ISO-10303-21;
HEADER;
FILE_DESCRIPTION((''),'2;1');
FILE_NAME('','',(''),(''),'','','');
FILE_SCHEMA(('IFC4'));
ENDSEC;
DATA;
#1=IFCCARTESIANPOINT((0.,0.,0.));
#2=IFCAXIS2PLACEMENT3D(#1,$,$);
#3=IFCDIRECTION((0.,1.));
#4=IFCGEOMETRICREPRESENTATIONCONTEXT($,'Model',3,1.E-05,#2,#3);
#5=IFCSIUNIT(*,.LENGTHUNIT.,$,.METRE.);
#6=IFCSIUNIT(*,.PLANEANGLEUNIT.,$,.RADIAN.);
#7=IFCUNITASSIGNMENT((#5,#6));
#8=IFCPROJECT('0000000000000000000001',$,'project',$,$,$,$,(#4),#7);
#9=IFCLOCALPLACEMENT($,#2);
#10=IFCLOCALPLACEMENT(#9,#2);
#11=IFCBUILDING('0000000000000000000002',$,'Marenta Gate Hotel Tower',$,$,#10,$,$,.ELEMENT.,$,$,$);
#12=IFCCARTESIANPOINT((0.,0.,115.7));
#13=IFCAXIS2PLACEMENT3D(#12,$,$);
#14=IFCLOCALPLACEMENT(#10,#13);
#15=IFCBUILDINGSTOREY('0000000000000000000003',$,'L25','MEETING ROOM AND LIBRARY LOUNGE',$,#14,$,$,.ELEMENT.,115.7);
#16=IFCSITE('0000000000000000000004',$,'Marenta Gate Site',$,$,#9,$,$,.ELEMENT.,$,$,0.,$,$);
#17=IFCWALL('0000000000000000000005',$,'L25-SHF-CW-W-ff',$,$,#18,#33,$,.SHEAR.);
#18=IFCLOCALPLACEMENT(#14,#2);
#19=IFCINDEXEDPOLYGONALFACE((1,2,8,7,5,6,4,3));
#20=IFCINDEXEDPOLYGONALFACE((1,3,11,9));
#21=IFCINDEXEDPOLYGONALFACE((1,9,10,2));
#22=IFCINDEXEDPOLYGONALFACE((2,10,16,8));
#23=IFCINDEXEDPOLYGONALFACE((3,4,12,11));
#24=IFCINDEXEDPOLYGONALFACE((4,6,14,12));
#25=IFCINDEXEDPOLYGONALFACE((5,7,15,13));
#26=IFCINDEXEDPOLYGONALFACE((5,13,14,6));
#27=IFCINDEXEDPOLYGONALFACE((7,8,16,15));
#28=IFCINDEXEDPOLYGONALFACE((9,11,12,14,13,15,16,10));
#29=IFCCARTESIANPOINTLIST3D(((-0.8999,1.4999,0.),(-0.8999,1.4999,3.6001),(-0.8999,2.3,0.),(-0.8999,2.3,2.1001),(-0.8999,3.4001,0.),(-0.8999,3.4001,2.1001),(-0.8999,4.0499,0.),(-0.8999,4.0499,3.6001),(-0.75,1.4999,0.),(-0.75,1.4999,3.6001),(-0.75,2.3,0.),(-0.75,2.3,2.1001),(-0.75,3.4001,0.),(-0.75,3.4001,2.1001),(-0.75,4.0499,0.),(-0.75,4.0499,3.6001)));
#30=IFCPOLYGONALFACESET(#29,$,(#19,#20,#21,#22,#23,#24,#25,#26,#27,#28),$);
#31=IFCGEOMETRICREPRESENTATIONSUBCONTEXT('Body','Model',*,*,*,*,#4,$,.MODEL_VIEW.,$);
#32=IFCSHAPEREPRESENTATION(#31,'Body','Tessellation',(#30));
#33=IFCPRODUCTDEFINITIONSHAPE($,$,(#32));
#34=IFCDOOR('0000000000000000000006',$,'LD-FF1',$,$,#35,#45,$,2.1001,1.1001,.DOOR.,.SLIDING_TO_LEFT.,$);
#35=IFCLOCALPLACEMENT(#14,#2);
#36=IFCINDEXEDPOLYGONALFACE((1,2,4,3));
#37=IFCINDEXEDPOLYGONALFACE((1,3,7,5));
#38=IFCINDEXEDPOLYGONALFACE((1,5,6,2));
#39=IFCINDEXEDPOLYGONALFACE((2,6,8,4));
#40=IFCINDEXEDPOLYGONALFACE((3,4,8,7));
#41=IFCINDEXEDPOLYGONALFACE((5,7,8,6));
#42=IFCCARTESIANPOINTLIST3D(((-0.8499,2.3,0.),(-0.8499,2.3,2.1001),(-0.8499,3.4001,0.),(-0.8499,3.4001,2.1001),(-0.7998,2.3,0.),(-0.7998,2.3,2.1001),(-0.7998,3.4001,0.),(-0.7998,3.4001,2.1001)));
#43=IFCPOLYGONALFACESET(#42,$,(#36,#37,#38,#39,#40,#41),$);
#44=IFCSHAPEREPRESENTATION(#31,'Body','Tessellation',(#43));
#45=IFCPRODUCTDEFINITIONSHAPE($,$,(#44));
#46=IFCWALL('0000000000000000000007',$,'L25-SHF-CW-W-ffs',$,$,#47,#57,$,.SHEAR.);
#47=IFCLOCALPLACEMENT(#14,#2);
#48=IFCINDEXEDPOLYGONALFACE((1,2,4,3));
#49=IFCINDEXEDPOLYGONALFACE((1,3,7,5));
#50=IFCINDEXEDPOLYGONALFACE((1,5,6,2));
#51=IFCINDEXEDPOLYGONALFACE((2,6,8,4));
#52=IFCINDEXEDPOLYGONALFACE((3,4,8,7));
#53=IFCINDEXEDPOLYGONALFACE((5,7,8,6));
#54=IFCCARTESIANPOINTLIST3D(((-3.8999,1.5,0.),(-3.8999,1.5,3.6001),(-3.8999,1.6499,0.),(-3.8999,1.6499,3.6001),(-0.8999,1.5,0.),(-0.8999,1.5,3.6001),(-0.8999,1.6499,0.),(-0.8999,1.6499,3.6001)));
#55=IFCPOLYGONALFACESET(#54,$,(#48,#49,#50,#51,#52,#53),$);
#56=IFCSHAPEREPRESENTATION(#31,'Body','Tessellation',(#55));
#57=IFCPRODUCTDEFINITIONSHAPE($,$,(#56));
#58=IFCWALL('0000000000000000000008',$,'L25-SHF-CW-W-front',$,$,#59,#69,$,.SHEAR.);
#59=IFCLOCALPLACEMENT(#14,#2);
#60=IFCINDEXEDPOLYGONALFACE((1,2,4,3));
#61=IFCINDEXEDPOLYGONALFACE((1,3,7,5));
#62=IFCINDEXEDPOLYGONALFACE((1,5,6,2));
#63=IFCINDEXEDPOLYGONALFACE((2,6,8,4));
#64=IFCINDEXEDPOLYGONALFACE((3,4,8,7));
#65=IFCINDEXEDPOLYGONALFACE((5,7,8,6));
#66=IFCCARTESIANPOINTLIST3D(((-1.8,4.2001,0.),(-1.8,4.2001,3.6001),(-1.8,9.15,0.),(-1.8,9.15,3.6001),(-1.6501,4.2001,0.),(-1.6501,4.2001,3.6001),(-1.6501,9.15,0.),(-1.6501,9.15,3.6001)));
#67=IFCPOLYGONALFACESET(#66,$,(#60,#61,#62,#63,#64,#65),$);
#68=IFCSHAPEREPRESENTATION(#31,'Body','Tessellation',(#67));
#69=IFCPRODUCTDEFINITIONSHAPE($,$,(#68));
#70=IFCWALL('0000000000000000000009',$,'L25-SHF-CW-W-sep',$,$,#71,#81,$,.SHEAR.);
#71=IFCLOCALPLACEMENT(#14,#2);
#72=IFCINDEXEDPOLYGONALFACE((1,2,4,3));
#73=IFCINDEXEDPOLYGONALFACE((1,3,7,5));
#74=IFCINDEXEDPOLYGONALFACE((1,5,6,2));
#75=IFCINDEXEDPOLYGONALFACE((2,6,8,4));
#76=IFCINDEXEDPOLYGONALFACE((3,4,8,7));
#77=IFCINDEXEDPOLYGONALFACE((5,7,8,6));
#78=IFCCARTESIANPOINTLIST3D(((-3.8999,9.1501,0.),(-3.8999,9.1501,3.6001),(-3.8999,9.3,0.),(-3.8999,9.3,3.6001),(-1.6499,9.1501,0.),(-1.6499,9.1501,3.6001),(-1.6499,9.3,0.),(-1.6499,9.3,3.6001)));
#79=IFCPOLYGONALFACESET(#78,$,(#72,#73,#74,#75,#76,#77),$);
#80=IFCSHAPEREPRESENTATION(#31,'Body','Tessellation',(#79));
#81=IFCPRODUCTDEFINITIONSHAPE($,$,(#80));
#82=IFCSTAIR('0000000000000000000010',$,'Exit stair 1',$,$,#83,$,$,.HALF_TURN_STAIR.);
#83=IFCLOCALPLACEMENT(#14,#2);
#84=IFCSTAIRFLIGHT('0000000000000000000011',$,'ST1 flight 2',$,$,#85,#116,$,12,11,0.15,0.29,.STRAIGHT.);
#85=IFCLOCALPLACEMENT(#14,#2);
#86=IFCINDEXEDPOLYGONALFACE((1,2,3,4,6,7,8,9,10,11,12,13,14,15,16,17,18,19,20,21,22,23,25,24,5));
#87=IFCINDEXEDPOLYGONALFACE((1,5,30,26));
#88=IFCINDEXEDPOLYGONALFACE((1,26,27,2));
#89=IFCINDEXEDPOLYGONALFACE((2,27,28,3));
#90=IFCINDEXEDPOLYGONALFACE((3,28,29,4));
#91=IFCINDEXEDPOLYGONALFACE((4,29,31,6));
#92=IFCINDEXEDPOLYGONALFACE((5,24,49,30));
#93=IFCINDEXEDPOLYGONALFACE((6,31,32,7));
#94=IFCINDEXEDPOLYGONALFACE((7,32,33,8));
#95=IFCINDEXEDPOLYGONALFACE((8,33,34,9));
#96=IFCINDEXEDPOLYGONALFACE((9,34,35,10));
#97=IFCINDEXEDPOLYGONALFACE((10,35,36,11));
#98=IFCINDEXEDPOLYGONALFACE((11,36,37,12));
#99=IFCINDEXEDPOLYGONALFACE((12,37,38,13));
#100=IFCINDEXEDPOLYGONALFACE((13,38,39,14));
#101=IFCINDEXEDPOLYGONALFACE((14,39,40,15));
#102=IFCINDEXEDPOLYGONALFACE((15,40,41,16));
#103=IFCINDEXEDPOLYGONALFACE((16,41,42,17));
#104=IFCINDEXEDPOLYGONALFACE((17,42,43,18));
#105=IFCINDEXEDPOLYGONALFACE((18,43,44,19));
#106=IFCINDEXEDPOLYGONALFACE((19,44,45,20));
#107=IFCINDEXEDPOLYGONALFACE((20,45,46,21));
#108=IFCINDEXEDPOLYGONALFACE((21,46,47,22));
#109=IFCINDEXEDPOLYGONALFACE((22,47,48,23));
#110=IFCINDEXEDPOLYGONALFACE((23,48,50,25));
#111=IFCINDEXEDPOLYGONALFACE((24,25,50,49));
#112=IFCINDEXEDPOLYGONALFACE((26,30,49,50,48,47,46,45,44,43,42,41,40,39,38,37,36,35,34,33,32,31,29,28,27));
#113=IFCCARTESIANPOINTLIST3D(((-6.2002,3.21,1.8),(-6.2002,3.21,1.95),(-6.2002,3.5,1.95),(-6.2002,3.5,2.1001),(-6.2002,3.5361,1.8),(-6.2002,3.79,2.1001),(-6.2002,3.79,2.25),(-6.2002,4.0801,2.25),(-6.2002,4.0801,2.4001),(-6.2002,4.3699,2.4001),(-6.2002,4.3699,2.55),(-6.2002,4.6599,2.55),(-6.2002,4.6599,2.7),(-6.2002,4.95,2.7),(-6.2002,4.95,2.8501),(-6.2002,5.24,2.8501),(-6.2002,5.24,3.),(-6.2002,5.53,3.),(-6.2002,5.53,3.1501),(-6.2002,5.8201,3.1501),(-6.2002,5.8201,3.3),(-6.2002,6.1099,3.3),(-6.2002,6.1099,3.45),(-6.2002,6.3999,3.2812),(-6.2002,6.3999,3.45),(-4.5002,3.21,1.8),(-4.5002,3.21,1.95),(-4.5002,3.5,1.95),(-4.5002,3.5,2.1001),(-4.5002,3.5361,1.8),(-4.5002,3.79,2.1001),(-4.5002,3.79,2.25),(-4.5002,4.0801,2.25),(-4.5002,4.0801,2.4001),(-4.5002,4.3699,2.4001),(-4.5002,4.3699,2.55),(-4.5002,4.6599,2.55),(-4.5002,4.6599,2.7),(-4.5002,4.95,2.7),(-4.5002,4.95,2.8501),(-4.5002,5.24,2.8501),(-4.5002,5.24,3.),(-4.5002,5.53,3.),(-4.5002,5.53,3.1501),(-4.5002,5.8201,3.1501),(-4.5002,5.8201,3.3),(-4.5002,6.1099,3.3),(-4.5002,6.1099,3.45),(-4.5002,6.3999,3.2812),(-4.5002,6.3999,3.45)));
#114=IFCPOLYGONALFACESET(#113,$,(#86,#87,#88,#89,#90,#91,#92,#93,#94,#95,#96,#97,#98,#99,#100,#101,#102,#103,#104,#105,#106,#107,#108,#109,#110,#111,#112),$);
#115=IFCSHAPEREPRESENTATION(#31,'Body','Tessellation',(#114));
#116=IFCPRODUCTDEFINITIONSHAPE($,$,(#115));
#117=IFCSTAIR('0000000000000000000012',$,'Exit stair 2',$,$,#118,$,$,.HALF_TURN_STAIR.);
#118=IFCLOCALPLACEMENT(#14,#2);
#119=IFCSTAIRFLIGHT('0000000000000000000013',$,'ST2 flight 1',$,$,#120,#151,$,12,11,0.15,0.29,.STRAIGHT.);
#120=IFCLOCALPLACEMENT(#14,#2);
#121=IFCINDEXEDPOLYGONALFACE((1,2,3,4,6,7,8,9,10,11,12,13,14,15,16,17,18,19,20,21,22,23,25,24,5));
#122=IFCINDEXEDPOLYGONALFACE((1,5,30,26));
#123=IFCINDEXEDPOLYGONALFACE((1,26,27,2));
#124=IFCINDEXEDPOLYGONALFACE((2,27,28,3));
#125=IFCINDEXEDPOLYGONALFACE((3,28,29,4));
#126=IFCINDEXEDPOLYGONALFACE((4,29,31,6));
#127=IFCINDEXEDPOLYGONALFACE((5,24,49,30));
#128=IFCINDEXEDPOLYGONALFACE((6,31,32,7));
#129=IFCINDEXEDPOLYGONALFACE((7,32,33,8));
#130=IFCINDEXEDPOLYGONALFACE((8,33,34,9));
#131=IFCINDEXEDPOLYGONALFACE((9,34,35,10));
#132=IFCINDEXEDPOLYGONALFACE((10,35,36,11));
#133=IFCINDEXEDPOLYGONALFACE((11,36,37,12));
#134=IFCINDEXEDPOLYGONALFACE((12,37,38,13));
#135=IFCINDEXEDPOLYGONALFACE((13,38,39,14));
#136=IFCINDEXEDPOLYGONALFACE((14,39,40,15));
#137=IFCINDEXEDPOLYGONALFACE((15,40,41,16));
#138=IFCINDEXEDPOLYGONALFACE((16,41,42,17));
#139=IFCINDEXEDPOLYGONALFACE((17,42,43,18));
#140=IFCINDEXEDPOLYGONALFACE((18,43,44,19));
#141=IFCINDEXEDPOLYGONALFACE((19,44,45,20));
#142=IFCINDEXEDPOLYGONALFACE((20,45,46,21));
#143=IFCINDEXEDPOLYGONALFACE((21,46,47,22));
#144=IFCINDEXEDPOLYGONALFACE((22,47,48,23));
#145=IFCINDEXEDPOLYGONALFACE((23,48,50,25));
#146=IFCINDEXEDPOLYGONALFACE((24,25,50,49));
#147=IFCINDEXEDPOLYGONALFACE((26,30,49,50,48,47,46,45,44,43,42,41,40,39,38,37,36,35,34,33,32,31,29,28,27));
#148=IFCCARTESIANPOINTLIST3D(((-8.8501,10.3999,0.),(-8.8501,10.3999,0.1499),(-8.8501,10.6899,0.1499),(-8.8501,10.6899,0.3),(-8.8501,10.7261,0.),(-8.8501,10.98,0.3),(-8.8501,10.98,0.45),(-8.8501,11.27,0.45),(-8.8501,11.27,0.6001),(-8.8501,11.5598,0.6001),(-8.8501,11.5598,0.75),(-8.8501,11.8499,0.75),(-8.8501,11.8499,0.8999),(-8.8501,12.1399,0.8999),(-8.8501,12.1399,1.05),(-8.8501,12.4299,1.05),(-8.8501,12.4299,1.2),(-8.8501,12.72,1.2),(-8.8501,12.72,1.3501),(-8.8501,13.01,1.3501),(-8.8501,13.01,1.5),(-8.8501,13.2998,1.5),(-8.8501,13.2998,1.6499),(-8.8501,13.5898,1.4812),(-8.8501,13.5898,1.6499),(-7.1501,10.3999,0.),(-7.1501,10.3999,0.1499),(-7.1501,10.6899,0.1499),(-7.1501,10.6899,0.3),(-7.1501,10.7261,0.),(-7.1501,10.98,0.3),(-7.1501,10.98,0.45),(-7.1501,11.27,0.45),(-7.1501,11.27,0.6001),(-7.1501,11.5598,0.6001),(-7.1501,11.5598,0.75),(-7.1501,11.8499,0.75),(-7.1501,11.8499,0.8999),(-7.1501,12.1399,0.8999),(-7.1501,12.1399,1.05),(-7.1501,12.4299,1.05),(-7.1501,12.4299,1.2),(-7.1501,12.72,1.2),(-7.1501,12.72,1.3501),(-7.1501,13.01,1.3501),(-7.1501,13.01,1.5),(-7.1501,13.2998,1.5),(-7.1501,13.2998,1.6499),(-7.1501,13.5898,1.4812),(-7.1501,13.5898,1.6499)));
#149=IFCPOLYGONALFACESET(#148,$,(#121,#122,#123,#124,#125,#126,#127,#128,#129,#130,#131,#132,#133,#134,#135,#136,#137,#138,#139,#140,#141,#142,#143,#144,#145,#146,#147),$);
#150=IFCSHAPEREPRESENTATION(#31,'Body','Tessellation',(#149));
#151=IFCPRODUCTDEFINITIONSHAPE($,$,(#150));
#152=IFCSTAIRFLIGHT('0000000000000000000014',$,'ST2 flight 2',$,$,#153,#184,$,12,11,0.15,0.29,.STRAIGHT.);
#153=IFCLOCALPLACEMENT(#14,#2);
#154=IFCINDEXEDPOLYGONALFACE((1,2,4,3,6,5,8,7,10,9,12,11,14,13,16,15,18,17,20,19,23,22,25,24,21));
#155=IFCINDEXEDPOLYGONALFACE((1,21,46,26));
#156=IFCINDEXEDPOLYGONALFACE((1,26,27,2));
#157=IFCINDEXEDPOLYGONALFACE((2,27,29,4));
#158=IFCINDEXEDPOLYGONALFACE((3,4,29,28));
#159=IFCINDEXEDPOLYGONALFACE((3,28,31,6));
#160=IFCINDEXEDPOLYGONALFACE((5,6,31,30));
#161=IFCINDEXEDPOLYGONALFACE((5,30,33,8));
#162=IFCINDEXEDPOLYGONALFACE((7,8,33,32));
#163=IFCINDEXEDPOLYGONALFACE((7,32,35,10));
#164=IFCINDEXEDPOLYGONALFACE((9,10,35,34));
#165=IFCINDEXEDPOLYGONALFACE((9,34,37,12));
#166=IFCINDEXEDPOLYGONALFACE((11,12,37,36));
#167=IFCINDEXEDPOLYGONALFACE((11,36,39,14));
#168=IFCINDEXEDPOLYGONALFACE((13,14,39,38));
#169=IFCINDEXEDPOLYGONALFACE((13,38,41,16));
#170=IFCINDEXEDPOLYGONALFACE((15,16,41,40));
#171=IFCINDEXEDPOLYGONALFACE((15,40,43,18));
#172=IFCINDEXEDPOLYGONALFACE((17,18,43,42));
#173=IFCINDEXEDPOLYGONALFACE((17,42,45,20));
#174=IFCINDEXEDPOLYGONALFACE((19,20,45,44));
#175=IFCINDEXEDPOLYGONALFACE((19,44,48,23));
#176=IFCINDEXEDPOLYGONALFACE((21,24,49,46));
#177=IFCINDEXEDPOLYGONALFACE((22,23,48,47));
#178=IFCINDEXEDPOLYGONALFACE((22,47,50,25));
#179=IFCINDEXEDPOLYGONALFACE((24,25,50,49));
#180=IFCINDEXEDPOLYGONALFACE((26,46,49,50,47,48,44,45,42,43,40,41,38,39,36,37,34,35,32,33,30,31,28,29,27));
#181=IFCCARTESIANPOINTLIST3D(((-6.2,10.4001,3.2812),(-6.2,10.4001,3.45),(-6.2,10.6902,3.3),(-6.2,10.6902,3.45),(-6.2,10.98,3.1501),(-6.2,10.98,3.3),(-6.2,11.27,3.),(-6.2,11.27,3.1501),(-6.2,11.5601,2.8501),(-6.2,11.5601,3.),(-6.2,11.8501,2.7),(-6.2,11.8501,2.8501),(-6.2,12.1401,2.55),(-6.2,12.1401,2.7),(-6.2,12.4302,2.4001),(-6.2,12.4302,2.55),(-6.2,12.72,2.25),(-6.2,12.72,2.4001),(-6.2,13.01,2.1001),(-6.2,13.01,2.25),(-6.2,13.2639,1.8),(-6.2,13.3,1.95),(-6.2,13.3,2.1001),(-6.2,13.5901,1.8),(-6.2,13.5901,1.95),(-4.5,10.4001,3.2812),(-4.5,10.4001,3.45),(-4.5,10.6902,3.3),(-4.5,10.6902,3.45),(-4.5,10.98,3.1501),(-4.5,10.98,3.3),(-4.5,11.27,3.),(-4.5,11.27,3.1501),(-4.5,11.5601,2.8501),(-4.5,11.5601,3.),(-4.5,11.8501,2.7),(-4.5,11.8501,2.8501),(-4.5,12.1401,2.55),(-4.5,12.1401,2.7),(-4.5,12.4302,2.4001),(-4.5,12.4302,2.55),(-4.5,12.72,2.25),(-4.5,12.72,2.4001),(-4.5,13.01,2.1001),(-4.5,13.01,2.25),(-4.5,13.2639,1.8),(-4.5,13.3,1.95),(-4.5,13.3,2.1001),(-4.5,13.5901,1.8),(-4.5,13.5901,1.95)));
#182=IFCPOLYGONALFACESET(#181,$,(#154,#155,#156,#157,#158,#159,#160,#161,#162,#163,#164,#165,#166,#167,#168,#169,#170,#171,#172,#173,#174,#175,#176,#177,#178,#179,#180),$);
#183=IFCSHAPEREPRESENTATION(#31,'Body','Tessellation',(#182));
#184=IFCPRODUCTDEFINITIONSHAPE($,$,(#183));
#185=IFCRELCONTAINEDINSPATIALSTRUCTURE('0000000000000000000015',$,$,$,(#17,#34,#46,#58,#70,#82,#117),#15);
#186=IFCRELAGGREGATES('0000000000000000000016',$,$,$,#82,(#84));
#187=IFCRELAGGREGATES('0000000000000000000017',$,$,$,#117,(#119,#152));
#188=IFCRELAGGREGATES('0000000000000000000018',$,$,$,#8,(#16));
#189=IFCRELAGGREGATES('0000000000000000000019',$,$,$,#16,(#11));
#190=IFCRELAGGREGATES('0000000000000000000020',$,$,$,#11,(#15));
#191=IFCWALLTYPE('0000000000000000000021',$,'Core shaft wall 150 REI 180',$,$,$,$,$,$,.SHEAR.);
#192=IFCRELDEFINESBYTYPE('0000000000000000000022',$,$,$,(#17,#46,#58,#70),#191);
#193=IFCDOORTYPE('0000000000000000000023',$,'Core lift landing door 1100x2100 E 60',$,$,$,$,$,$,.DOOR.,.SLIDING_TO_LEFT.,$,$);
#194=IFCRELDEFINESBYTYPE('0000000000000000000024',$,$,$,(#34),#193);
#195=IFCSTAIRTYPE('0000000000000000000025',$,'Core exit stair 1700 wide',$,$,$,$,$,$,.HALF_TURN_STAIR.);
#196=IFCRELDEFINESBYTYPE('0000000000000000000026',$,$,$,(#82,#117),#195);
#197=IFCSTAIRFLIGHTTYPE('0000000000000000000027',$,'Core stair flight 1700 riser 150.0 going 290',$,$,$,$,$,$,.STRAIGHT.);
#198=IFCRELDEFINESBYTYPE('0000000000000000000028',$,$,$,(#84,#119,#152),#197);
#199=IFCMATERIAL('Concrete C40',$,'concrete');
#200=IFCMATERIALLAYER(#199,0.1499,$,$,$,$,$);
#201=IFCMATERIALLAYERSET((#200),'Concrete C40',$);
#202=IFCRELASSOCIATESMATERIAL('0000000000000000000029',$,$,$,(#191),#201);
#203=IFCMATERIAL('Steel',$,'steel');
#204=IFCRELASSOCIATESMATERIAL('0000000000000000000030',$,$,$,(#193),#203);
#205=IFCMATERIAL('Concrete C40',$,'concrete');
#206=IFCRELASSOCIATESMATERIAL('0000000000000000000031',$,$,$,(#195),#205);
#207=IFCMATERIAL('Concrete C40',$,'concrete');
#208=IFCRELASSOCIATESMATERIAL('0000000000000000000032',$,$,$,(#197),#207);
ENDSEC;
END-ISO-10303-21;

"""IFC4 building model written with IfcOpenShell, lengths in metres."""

from ifc_helpers import new_model, si_unit, direction, frame, frame_2d, origin, place, context, subcontext, project, spatial, polyline, rectangle, outline, extrude, material, layer, layer_set, type_object, element, fill, aggregate, save


model = new_model("IFC4")

# Units and contexts
model_context = context("Model", 3, precision=1e-05, world=origin(), true_north=direction((0.0, 1.0)))
body_context = subcontext(model_context, "Body", "Model", "MODEL_VIEW")
ifc_project = project(units=[si_unit("LENGTHUNIT", "METRE"), si_unit("PLANEANGLEUNIT", "RADIAN")], contexts=[model_context])

# Site, building, storey
site_placement = place(None, origin())
site = spatial("IfcSite", under=ifc_project, at=site_placement, Name="Marenta Gate Site", CompositionType="ELEMENT", RefElevation=0.0)
building_placement = place(site_placement, origin())
building = spatial("IfcBuilding", under=site, at=building_placement, Name="Marenta Gate Hotel Tower", CompositionType="ELEMENT")
storey_placement = place(building_placement, frame((0.0, 0.0, 115.7)))
storey = spatial("IfcBuildingStorey", under=building, at=storey_placement, Name="L25", Description="MEETING ROOM AND LIBRARY LOUNGE", CompositionType="ELEMENT", Elevation=115.7)

# Wall, opening, door
ifc_material_1 = material(Name="Concrete C40", Category="concrete")
ifc_layer_1 = layer(ifc_material_1, 0.1499)
ifc_layer_set_1 = layer_set([ifc_layer_1], Name="Concrete C40")
wall_type_1 = type_object("IfcWallType", Name="Core shaft wall 150 REI 180", PredefinedType="SHEAR", material=ifc_layer_set_1)
wall_1_placement = place(storey_placement, frame((-0.825, 1.5, 0.0), z_axis=(0.0, 0.0, 1.0), x_axis=(0.0, 1.0, 0.0)))
wall_1 = element("IfcWall", 1, at=wall_1_placement, inside=storey, type_object=wall_type_1, Name="L25-SHF-CW-W-ff", PredefinedType="SHEAR", context=body_context, shape_type="SweptSolid", body=[
    extrude(rectangle(XDim=2.55, YDim=0.1499, at=frame_2d((1.2749, 0.0))), origin(), (0.0, 0.0, 1.0), 3.6001),
])
opening_1_placement = place(wall_1_placement, frame((0.8, 0.0, 0.0)))
opening_1 = element("IfcOpeningElement", 2, at=opening_1_placement, cuts=wall_1, PredefinedType="OPENING", context=body_context, shape_type="SweptSolid", body=[
    extrude(rectangle(XDim=1.1001, YDim=2.1001, at=frame_2d((0.55, 1.05))), frame((0.0, 0.075, 0.0), z_axis=(0.0, -1.0, 0.0), x_axis=(1.0, 0.0, 0.0)), (0.0, 0.0, 1.0), 0.1499),
])
ifc_material_2 = material(Name="Steel", Category="steel")
door_type_1 = type_object("IfcDoorType", Name="Core lift landing door 1100x2100 E 60", OperationType="SLIDING_TO_LEFT", PredefinedType="DOOR", material=ifc_material_2)
door_1_placement = place(opening_1_placement, origin())
door_1 = element("IfcDoor", 3, at=door_1_placement, inside=storey, type_object=door_type_1, Name="LD-FF1", OperationType="SLIDING_TO_LEFT", OverallHeight=2.1001, OverallWidth=1.1001, PredefinedType="DOOR", context=body_context, shape_type="SweptSolid", body=[
    extrude(rectangle(XDim=1.1001, YDim=2.1001, at=frame_2d((0.55, 1.05))), frame((0.0, 0.0249, 0.0), z_axis=(0.0, -1.0, 0.0), x_axis=(1.0, 0.0, 0.0)), (0.0, 0.0, 1.0), 0.05),
])
fill(opening_1, door_1)

# Walls
wall_2_placement = place(storey_placement, frame((-3.8999, 1.575, 0.0), z_axis=(0.0, 0.0, 1.0), x_axis=(1.0, 0.0, 0.0)))
element("IfcWall", 4, at=wall_2_placement, inside=storey, type_object=wall_type_1, Name="L25-SHF-CW-W-ffs", PredefinedType="SHEAR", context=body_context, shape_type="SweptSolid", body=[
    extrude(rectangle(XDim=3.0, YDim=0.1499, at=frame_2d((1.5, 0.0))), origin(), (0.0, 0.0, 1.0), 3.6001),
])
wall_3_placement = place(storey_placement, frame((-1.7251, 4.2, 0.0), z_axis=(0.0, 0.0, 1.0), x_axis=(0.0, 1.0, 0.0)))
element("IfcWall", 5, at=wall_3_placement, inside=storey, type_object=wall_type_1, Name="L25-SHF-CW-W-front", PredefinedType="SHEAR", context=body_context, shape_type="SweptSolid", body=[
    extrude(rectangle(XDim=4.95, YDim=0.1499, at=frame_2d((2.4751, 0.0))), origin(), (0.0, 0.0, 1.0), 3.6001),
])
wall_4_placement = place(storey_placement, frame((-3.8999, 9.2251, 0.0), z_axis=(0.0, 0.0, 1.0), x_axis=(1.0, 0.0, 0.0)))
element("IfcWall", 6, at=wall_4_placement, inside=storey, type_object=wall_type_1, Name="L25-SHF-CW-W-sep", PredefinedType="SHEAR", context=body_context, shape_type="SweptSolid", body=[
    extrude(rectangle(XDim=2.25, YDim=0.1499, at=frame_2d((1.125, 0.0))), origin(), (0.0, 0.0, 1.0), 3.6001),
])

# Stair, stair flight
ifc_material_3 = material(Name="Concrete C40", Category="concrete")
stair_type = type_object("IfcStairType", Name="Core exit stair 1700 wide", PredefinedType="HALF_TURN_STAIR", material=ifc_material_3)
stair_1_placement = place(storey_placement, origin())
stair_1 = element("IfcStair", 7, at=stair_1_placement, inside=storey, type_object=stair_type, Name="Exit stair 1", PredefinedType="HALF_TURN_STAIR")
ifc_material_4 = material(Name="Concrete C40", Category="concrete")
stair_flight_type = type_object("IfcStairFlightType", Name="Core stair flight 1700 riser 150.0 going 290", PredefinedType="STRAIGHT", material=ifc_material_4)
stair_flight_1_placement = place(storey_placement, frame((-5.3501, 3.21, 1.8), z_axis=(0.0, 0.0, 1.0), x_axis=(0.0, 1.0, 0.0)))
stair_flight_1 = element("IfcStairFlight", 8, at=stair_flight_1_placement, type_object=stair_flight_type, Name="ST1 flight 2", NumberOfRisers=12, NumberOfTreads=11, PredefinedType="STRAIGHT", RiserHeight=0.15, TreadLength=0.29, context=body_context, shape_type="SweptSolid", body=[
    extrude(outline(polyline([(0.0, 0.0), (0.0, 0.1499), (0.29, 0.1499), (0.29, 0.3), (0.5801, 0.3), (0.5801, 0.45), (0.8701, 0.45), (0.8701, 0.6001), (1.1599, 0.6001), (1.1599, 0.75), (1.45, 0.75), (1.45, 0.8999), (1.74, 0.8999), (1.74, 1.05), (2.03, 1.05), (2.03, 1.2), (2.3201, 1.2), (2.3201, 1.3501), (2.6101, 1.3501), (2.6101, 1.5), (2.8999, 1.5), (2.8999, 1.6499), (3.1899, 1.6499), (3.1899, 1.8), (3.1899, 1.4812), (0.3262, 0.0), (0.0, 0.0)])), frame((0.0, 0.8501, 0.0), z_axis=(0.0, -1.0, 0.0), x_axis=(1.0, 0.0, 0.0)), (0.0, 0.0, 1.0), 1.7),
])
aggregate(stair_1, [stair_flight_1])

# Stair, stair flights
stair_2_placement = place(storey_placement, origin())
stair_2 = element("IfcStair", 9, at=stair_2_placement, inside=storey, type_object=stair_type, Name="Exit stair 2", PredefinedType="HALF_TURN_STAIR")
stair_flight_2_placement = place(storey_placement, frame((-8.0, 10.3999, 0.0), z_axis=(0.0, 0.0, 1.0), x_axis=(0.0, 1.0, 0.0)))
stair_flight_2 = element("IfcStairFlight", 10, at=stair_flight_2_placement, type_object=stair_flight_type, Name="ST2 flight 1", NumberOfRisers=12, NumberOfTreads=11, PredefinedType="STRAIGHT", RiserHeight=0.15, TreadLength=0.29, context=body_context, shape_type="SweptSolid", body=[
    extrude(outline(polyline([(0.0, 0.0), (0.0, 0.1499), (0.29, 0.1499), (0.29, 0.3), (0.5801, 0.3), (0.5801, 0.45), (0.8701, 0.45), (0.8701, 0.6001), (1.1599, 0.6001), (1.1599, 0.75), (1.45, 0.75), (1.45, 0.8999), (1.74, 0.8999), (1.74, 1.05), (2.03, 1.05), (2.03, 1.2), (2.3201, 1.2), (2.3201, 1.3501), (2.6101, 1.3501), (2.6101, 1.5), (2.8999, 1.5), (2.8999, 1.6499), (3.1899, 1.6499), (3.1899, 1.8), (3.1899, 1.4812), (0.3262, 0.0), (0.0, 0.0)])), frame((0.0, 0.8501, 0.0), z_axis=(0.0, -1.0, 0.0), x_axis=(1.0, 0.0, 0.0)), (0.0, 0.0, 1.0), 1.7),
])
stair_flight_3_placement = place(storey_placement, frame((-5.3501, 13.5901, 1.8), z_axis=(0.0, 0.0, 1.0), x_axis=(0.0, -1.0, 0.0)))
stair_flight_3 = element("IfcStairFlight", 11, at=stair_flight_3_placement, type_object=stair_flight_type, Name="ST2 flight 2", NumberOfRisers=12, NumberOfTreads=11, PredefinedType="STRAIGHT", RiserHeight=0.15, TreadLength=0.29, context=body_context, shape_type="SweptSolid", body=[
    extrude(outline(polyline([(0.0, 0.0), (0.0, 0.1499), (0.29, 0.1499), (0.29, 0.3), (0.5801, 0.3), (0.5801, 0.45), (0.8701, 0.45), (0.8701, 0.6001), (1.1599, 0.6001), (1.1599, 0.75), (1.45, 0.75), (1.45, 0.8999), (1.74, 0.8999), (1.74, 1.05), (2.03, 1.05), (2.03, 1.2), (2.3201, 1.2), (2.3201, 1.3501), (2.6101, 1.3501), (2.6101, 1.5), (2.8999, 1.5), (2.8999, 1.6499), (3.1899, 1.6499), (3.1899, 1.8), (3.1899, 1.4812), (0.3262, 0.0), (0.0, 0.0)])), frame((0.0, 0.8501, 0.0), z_axis=(0.0, -1.0, 0.0), x_axis=(1.0, 0.0, 0.0)), (0.0, 0.0, 1.0), 1.7),
])
aggregate(stair_2, [stair_flight_2, stair_flight_3])

save(model, "model.ifc")
